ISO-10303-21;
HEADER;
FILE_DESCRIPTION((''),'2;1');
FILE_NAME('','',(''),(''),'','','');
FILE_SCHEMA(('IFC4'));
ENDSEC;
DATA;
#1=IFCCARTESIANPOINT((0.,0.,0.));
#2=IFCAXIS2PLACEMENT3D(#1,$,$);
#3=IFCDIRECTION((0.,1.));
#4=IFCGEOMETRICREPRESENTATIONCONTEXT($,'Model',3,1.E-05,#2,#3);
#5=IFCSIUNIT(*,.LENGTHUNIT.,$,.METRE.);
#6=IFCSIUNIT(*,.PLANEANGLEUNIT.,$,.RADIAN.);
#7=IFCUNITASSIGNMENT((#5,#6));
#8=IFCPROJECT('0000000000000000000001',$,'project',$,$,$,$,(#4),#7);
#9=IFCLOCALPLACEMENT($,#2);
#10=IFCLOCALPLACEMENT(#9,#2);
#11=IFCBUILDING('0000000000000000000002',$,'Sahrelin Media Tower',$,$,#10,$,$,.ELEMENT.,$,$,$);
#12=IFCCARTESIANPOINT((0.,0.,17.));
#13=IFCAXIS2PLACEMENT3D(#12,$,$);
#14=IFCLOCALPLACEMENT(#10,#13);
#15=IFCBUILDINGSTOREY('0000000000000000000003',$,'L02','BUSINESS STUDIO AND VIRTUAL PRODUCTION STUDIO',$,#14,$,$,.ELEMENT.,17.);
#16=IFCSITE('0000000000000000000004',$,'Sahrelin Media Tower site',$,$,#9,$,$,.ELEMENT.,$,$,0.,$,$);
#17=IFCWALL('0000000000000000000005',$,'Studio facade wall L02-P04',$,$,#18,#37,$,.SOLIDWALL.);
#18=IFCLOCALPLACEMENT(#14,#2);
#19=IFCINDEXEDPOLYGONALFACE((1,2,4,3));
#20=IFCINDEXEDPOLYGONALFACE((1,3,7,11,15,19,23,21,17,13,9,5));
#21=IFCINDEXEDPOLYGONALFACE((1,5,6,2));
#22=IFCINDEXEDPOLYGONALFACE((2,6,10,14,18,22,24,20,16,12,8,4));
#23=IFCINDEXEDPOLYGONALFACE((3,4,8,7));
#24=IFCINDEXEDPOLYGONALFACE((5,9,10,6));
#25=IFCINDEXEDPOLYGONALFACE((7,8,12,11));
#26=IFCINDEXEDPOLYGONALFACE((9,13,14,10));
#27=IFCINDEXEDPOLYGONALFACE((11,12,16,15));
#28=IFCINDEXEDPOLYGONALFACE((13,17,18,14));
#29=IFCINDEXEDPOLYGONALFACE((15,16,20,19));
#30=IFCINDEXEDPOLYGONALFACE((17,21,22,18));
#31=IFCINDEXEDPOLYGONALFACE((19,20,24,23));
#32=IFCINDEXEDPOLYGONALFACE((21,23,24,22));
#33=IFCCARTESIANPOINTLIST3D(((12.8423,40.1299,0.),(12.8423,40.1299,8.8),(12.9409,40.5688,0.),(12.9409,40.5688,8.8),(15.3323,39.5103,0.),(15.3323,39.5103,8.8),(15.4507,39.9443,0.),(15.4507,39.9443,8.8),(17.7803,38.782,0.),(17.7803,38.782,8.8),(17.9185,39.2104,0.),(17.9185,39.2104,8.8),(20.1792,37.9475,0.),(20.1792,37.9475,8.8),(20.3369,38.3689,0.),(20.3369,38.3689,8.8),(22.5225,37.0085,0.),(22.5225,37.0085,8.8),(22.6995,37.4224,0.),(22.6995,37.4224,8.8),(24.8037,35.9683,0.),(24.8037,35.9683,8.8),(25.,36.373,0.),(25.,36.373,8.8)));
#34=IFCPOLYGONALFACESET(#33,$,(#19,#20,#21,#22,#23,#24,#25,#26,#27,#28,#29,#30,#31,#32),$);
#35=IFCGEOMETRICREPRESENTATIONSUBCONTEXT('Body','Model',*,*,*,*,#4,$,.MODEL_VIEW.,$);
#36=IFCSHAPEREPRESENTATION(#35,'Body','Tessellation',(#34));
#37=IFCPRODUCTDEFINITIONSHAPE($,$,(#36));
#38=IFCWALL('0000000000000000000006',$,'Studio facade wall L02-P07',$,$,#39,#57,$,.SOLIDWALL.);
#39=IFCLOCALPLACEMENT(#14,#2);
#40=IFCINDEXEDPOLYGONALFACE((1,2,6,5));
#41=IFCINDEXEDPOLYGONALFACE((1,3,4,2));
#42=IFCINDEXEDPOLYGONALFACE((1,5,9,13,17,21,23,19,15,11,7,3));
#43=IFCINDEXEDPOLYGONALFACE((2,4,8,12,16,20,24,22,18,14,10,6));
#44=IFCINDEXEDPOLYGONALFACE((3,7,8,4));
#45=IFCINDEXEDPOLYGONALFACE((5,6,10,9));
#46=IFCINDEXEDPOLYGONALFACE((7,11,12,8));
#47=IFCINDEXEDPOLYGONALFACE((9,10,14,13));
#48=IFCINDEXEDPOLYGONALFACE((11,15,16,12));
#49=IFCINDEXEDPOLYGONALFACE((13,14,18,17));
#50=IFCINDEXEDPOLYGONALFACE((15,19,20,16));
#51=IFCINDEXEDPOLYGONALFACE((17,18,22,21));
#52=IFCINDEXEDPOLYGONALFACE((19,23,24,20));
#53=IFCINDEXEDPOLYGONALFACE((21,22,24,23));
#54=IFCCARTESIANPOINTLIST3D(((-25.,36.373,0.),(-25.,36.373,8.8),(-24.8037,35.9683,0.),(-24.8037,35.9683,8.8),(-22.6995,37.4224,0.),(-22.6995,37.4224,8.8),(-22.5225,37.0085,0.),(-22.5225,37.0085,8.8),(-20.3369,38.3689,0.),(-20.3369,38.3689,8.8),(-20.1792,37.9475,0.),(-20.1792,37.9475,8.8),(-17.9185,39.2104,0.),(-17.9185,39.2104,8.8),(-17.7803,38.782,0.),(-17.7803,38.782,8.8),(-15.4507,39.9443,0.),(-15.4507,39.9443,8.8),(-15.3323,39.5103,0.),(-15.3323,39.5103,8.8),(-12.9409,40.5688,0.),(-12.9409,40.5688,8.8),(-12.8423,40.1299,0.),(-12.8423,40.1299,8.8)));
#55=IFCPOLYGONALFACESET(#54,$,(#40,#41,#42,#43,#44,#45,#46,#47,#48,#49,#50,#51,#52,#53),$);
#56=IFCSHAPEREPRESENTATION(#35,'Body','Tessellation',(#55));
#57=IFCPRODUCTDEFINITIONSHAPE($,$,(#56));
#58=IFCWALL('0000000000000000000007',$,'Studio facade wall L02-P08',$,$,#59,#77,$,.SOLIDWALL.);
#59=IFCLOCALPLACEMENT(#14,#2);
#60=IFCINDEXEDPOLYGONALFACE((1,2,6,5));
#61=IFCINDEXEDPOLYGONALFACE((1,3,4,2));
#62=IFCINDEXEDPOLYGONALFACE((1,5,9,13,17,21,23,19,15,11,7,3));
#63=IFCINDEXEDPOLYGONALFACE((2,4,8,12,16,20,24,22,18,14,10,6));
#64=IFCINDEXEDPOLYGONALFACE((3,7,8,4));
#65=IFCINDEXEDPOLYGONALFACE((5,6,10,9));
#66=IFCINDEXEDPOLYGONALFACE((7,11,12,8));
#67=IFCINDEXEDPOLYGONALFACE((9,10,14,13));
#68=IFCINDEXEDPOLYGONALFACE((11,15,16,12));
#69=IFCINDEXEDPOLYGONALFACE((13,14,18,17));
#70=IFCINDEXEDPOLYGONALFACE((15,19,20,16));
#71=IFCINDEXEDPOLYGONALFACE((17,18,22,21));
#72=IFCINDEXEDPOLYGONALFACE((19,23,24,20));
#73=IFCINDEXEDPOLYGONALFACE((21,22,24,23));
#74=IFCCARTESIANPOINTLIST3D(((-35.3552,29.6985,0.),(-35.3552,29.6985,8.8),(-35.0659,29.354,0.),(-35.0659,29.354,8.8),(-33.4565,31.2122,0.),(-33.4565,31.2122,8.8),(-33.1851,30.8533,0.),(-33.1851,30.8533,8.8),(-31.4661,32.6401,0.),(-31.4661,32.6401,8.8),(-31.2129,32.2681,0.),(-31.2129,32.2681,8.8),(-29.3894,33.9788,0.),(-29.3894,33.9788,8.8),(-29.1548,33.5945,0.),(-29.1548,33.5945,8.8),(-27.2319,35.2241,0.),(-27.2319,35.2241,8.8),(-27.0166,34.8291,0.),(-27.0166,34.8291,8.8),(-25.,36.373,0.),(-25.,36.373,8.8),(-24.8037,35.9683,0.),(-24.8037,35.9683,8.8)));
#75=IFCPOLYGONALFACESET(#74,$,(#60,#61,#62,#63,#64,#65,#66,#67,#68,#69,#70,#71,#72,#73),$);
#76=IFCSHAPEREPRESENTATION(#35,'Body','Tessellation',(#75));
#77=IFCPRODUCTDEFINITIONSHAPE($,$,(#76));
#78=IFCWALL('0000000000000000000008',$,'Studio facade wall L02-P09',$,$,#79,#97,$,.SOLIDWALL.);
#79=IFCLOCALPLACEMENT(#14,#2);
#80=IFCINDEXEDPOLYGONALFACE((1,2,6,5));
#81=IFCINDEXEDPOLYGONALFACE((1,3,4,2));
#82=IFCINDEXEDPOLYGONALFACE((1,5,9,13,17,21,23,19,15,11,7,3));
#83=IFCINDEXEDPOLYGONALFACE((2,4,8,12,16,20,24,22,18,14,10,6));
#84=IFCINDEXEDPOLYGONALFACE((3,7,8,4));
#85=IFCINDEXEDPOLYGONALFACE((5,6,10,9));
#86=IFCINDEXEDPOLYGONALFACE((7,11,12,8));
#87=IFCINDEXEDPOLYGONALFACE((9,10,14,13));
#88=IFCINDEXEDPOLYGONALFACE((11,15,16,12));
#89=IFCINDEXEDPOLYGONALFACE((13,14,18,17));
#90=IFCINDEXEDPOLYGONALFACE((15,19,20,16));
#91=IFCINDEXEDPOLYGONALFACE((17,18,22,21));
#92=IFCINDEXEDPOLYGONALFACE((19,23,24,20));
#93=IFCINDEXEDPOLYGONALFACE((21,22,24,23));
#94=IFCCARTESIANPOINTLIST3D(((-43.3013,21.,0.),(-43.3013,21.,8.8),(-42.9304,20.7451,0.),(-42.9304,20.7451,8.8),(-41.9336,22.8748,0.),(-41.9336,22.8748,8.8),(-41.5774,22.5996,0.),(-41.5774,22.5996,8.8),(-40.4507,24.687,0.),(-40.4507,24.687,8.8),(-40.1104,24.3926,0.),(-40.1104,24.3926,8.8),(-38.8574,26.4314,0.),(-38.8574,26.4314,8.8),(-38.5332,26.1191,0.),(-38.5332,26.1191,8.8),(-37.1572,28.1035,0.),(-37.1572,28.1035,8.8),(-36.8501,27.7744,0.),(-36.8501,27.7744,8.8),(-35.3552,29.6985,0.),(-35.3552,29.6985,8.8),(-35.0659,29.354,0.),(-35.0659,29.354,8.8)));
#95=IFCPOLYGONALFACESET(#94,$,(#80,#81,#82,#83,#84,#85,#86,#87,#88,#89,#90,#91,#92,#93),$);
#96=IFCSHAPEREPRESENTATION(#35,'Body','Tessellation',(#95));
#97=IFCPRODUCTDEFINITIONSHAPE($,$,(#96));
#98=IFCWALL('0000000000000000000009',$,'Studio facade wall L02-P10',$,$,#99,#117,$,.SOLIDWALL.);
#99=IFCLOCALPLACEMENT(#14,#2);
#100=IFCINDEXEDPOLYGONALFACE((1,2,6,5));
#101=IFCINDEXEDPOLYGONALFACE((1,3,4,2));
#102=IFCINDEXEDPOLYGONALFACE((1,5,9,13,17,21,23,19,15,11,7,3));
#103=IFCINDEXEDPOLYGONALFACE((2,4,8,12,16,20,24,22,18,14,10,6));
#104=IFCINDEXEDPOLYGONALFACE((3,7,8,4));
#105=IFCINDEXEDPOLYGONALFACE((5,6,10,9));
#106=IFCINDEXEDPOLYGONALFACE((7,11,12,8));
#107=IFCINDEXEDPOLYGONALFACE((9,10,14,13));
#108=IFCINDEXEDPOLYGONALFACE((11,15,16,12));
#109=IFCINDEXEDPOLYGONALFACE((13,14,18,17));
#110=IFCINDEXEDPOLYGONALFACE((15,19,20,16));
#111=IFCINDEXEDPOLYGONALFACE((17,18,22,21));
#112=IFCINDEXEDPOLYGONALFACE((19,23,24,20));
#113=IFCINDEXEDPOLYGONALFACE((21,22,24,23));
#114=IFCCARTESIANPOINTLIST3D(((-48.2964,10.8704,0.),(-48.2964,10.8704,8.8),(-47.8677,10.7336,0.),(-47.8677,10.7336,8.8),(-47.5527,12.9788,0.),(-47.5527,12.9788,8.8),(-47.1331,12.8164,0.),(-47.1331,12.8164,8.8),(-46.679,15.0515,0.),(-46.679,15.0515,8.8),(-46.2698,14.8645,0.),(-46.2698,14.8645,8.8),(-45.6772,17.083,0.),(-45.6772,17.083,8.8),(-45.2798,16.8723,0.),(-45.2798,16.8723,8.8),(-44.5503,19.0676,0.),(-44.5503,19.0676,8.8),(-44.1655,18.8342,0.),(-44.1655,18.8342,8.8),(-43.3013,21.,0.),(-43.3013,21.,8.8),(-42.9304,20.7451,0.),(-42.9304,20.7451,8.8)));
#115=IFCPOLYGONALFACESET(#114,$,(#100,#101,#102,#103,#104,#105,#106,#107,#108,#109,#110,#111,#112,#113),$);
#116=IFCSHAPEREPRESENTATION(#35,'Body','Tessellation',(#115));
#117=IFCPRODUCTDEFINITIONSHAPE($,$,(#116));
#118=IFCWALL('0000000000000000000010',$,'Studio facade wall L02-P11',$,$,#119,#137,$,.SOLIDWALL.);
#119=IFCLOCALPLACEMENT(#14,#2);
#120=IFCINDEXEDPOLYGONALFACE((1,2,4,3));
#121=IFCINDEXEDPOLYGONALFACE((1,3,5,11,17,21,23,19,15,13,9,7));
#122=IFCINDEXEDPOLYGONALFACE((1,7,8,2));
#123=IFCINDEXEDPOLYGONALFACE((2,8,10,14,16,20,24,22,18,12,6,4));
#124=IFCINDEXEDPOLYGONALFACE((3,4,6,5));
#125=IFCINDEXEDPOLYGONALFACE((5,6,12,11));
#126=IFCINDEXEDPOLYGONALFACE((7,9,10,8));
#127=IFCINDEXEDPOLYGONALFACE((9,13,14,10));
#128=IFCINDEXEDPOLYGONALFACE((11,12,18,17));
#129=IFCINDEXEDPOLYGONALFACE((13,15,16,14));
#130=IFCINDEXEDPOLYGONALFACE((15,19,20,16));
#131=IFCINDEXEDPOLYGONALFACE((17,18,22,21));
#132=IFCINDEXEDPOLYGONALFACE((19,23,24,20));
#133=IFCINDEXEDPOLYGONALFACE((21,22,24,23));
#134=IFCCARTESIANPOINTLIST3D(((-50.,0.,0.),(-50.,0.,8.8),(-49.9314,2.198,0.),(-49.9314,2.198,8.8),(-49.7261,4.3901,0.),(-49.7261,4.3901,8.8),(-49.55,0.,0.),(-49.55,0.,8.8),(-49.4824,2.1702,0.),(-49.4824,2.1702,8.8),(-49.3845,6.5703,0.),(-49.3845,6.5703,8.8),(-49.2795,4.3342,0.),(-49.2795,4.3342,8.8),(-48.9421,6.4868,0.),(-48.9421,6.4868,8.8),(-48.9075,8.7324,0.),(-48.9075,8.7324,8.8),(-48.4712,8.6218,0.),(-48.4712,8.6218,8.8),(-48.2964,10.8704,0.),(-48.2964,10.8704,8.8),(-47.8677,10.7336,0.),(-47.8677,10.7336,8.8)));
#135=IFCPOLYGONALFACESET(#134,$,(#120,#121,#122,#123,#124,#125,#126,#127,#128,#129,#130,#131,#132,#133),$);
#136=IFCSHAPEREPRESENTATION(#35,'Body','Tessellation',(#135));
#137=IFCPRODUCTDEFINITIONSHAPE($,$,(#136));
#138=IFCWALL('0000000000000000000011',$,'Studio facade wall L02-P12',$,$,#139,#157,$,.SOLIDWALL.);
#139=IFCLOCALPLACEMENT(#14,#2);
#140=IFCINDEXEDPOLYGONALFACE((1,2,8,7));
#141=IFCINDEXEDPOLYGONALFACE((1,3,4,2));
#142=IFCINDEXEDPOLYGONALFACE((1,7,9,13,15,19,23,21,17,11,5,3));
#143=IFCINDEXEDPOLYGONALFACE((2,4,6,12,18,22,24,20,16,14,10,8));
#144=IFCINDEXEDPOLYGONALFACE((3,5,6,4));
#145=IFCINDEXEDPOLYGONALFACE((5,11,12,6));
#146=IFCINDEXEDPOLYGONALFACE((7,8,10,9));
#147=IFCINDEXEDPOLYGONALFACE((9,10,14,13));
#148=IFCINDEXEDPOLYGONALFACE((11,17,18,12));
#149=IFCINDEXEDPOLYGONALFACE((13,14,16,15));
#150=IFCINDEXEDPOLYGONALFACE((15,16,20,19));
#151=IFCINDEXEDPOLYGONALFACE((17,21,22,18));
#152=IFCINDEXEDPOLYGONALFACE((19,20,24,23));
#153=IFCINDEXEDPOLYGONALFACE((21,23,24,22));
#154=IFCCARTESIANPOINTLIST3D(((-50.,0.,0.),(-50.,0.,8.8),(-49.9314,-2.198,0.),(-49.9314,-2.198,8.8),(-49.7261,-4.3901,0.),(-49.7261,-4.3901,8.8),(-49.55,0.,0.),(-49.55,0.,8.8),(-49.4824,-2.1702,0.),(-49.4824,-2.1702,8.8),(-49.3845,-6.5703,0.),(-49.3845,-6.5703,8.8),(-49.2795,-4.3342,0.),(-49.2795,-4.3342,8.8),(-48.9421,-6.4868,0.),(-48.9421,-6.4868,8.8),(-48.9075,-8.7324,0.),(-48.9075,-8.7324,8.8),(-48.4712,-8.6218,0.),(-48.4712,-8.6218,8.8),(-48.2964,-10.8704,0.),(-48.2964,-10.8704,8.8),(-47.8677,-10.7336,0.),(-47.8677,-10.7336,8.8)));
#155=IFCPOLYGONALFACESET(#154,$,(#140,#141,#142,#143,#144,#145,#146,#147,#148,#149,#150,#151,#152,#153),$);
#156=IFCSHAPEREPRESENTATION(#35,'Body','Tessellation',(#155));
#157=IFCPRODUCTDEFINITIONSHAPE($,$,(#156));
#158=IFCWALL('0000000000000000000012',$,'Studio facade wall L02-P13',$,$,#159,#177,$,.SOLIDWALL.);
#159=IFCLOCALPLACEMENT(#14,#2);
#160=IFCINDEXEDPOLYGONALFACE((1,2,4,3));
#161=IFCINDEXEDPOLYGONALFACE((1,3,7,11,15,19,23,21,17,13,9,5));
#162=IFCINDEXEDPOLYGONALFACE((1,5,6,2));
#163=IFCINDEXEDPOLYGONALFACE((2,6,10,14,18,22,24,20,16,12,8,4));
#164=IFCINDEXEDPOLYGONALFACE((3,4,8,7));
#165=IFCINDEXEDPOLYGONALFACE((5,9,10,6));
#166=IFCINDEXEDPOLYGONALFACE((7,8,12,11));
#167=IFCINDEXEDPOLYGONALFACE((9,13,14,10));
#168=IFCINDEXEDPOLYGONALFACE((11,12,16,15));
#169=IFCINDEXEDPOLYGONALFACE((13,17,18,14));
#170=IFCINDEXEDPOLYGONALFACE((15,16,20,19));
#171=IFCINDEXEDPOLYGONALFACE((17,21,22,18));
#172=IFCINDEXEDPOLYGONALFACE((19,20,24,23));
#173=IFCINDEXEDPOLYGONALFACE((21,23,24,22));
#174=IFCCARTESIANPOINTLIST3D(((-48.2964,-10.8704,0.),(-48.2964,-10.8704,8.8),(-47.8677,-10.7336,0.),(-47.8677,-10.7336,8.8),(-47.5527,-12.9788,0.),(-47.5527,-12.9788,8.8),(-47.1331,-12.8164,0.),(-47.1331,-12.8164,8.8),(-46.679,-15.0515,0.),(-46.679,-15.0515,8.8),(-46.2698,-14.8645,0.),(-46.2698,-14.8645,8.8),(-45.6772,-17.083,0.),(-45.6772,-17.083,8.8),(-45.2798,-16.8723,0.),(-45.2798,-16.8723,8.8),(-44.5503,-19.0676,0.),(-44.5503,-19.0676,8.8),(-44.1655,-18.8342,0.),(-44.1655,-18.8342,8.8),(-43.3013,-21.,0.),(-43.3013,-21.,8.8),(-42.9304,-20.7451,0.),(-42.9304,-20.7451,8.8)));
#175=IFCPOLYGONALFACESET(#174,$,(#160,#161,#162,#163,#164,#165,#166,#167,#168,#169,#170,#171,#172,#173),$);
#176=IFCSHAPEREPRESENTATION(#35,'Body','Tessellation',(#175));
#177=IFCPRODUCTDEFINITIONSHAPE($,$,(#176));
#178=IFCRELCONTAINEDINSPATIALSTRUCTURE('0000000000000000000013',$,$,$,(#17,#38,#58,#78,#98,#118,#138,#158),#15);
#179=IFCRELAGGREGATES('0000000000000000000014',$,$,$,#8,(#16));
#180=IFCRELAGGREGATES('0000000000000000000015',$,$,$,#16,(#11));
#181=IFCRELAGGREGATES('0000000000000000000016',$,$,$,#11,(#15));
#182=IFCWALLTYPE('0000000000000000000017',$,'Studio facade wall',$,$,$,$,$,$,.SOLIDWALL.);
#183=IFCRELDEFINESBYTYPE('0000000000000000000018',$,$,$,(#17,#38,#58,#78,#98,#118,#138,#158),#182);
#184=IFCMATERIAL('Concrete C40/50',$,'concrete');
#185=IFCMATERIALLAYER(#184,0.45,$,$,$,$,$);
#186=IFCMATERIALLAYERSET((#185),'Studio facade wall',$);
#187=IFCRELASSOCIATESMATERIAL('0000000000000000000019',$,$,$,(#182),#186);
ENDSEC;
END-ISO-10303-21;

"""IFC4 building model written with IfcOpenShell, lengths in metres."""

from ifc_helpers import new_model, si_unit, direction, frame, origin, place, context, subcontext, project, spatial, polyline, outline, extrude, material, layer, layer_set, type_object, element, save


model = new_model("IFC4")

# Units and contexts
model_context = context("Model", 3, precision=1e-05, world=origin(), true_north=direction((0.0, 1.0)))
body_context = subcontext(model_context, "Body", "Model", "MODEL_VIEW")
ifc_project = project(units=[si_unit("LENGTHUNIT", "METRE"), si_unit("PLANEANGLEUNIT", "RADIAN")], contexts=[model_context])

# Site, building, storey
site_placement = place(None, origin())
site = spatial("IfcSite", under=ifc_project, at=site_placement, Name="Sahrelin Media Tower site", CompositionType="ELEMENT", RefElevation=0.0)
building_placement = place(site_placement, origin())
building = spatial("IfcBuilding", under=site, at=building_placement, Name="Sahrelin Media Tower", CompositionType="ELEMENT")
storey_placement = place(building_placement, frame((0.0, 0.0, 17.0)))
storey = spatial("IfcBuildingStorey", under=building, at=storey_placement, Name="L02", Description="BUSINESS STUDIO AND VIRTUAL PRODUCTION STUDIO", CompositionType="ELEMENT", Elevation=17.0)

# Shared definitions
ifc_material_1 = material(Name="Concrete C40/50", Category="concrete")

# Walls
placement = place(storey_placement, origin())
ifc_layer_1 = layer(ifc_material_1, 0.45)
ifc_layer_set_1 = layer_set([ifc_layer_1], Name="Studio facade wall")
wall_type_1 = type_object("IfcWallType", Name="Studio facade wall", PredefinedType="SOLIDWALL", material=ifc_layer_set_1)
element("IfcWall", 1, at=placement, inside=storey, type_object=wall_type_1, Name="Studio facade wall L02-P04", PredefinedType="SOLIDWALL", context=body_context, shape_type="SweptSolid", body=[
    extrude(outline(polyline([(25.0, 36.373), (22.6995, 37.4224), (20.3369, 38.3689), (17.9185, 39.2104), (15.4507, 39.9443), (12.9409, 40.5688), (12.8423, 40.1299), (15.3323, 39.5103), (17.7803, 38.782), (20.1792, 37.9475), (22.5225, 37.0085), (24.8037, 35.9683), (25.0, 36.373)])), origin(), (0.0, 0.0, 1.0), 8.8),
])
element("IfcWall", 2, at=placement, inside=storey, type_object=wall_type_1, Name="Studio facade wall L02-P07", PredefinedType="SOLIDWALL", context=body_context, shape_type="SweptSolid", body=[
    extrude(outline(polyline([(-12.9409, 40.5688), (-15.4507, 39.9443), (-17.9185, 39.2104), (-20.3369, 38.3689), (-22.6995, 37.4224), (-25.0, 36.373), (-24.8037, 35.9683), (-22.5225, 37.0085), (-20.1792, 37.9475), (-17.7803, 38.782), (-15.3323, 39.5103), (-12.8423, 40.1299), (-12.9409, 40.5688)])), origin(), (0.0, 0.0, 1.0), 8.8),
])
element("IfcWall", 3, at=placement, inside=storey, type_object=wall_type_1, Name="Studio facade wall L02-P08", PredefinedType="SOLIDWALL", context=body_context, shape_type="SweptSolid", body=[
    extrude(outline(polyline([(-25.0, 36.373), (-27.2319, 35.2241), (-29.3894, 33.9788), (-31.4661, 32.6401), (-33.4565, 31.2122), (-35.3552, 29.6985), (-35.0659, 29.354), (-33.1851, 30.8533), (-31.2129, 32.2681), (-29.1548, 33.5945), (-27.0166, 34.8291), (-24.8037, 35.9683), (-25.0, 36.373)])), origin(), (0.0, 0.0, 1.0), 8.8),
])
element("IfcWall", 4, at=placement, inside=storey, type_object=wall_type_1, Name="Studio facade wall L02-P09", PredefinedType="SOLIDWALL", context=body_context, shape_type="SweptSolid", body=[
    extrude(outline(polyline([(-35.3552, 29.6985), (-37.1572, 28.1035), (-38.8574, 26.4314), (-40.4507, 24.687), (-41.9336, 22.8748), (-43.3013, 21.0), (-42.9304, 20.7451), (-41.5774, 22.5996), (-40.1104, 24.3926), (-38.5332, 26.1191), (-36.8501, 27.7744), (-35.0659, 29.354), (-35.3552, 29.6985)])), origin(), (0.0, 0.0, 1.0), 8.8),
])
element("IfcWall", 5, at=placement, inside=storey, type_object=wall_type_1, Name="Studio facade wall L02-P10", PredefinedType="SOLIDWALL", context=body_context, shape_type="SweptSolid", body=[
    extrude(outline(polyline([(-43.3013, 21.0), (-44.5503, 19.0676), (-45.6772, 17.083), (-46.679, 15.0515), (-47.5527, 12.9788), (-48.2964, 10.8704), (-47.8677, 10.7336), (-47.1331, 12.8164), (-46.2698, 14.8645), (-45.2798, 16.8723), (-44.1655, 18.8342), (-42.9304, 20.7451), (-43.3013, 21.0)])), origin(), (0.0, 0.0, 1.0), 8.8),
])
element("IfcWall", 6, at=placement, inside=storey, type_object=wall_type_1, Name="Studio facade wall L02-P11", PredefinedType="SOLIDWALL", context=body_context, shape_type="SweptSolid", body=[
    extrude(outline(polyline([(-48.2964, 10.8704), (-48.9075, 8.7324), (-49.3845, 6.5703), (-49.7261, 4.3901), (-49.9314, 2.198), (-50.0, 0.0), (-49.55, 0.0), (-49.4824, 2.1702), (-49.2795, 4.3342), (-48.9421, 6.4868), (-48.4712, 8.6218), (-47.8677, 10.7336), (-48.2964, 10.8704)])), origin(), (0.0, 0.0, 1.0), 8.8),
])
element("IfcWall", 7, at=placement, inside=storey, type_object=wall_type_1, Name="Studio facade wall L02-P12", PredefinedType="SOLIDWALL", context=body_context, shape_type="SweptSolid", body=[
    extrude(outline(polyline([(-50.0, 0.0), (-49.9314, -2.198), (-49.7261, -4.3901), (-49.3845, -6.5703), (-48.9075, -8.7324), (-48.2964, -10.8704), (-47.8677, -10.7336), (-48.4712, -8.6218), (-48.9421, -6.4868), (-49.2795, -4.3342), (-49.4824, -2.1702), (-49.55, 0.0), (-50.0, 0.0)])), origin(), (0.0, 0.0, 1.0), 8.8),
])
element("IfcWall", 8, at=placement, inside=storey, type_object=wall_type_1, Name="Studio facade wall L02-P13", PredefinedType="SOLIDWALL", context=body_context, shape_type="SweptSolid", body=[
    extrude(outline(polyline([(-48.2964, -10.8704), (-47.5527, -12.9788), (-46.679, -15.0515), (-45.6772, -17.083), (-44.5503, -19.0676), (-43.3013, -21.0), (-42.9304, -20.7451), (-44.1655, -18.8342), (-45.2798, -16.8723), (-46.2698, -14.8645), (-47.1331, -12.8164), (-47.8677, -10.7336), (-48.2964, -10.8704)])), origin(), (0.0, 0.0, 1.0), 8.8),
])

save(model, "model.ifc")
